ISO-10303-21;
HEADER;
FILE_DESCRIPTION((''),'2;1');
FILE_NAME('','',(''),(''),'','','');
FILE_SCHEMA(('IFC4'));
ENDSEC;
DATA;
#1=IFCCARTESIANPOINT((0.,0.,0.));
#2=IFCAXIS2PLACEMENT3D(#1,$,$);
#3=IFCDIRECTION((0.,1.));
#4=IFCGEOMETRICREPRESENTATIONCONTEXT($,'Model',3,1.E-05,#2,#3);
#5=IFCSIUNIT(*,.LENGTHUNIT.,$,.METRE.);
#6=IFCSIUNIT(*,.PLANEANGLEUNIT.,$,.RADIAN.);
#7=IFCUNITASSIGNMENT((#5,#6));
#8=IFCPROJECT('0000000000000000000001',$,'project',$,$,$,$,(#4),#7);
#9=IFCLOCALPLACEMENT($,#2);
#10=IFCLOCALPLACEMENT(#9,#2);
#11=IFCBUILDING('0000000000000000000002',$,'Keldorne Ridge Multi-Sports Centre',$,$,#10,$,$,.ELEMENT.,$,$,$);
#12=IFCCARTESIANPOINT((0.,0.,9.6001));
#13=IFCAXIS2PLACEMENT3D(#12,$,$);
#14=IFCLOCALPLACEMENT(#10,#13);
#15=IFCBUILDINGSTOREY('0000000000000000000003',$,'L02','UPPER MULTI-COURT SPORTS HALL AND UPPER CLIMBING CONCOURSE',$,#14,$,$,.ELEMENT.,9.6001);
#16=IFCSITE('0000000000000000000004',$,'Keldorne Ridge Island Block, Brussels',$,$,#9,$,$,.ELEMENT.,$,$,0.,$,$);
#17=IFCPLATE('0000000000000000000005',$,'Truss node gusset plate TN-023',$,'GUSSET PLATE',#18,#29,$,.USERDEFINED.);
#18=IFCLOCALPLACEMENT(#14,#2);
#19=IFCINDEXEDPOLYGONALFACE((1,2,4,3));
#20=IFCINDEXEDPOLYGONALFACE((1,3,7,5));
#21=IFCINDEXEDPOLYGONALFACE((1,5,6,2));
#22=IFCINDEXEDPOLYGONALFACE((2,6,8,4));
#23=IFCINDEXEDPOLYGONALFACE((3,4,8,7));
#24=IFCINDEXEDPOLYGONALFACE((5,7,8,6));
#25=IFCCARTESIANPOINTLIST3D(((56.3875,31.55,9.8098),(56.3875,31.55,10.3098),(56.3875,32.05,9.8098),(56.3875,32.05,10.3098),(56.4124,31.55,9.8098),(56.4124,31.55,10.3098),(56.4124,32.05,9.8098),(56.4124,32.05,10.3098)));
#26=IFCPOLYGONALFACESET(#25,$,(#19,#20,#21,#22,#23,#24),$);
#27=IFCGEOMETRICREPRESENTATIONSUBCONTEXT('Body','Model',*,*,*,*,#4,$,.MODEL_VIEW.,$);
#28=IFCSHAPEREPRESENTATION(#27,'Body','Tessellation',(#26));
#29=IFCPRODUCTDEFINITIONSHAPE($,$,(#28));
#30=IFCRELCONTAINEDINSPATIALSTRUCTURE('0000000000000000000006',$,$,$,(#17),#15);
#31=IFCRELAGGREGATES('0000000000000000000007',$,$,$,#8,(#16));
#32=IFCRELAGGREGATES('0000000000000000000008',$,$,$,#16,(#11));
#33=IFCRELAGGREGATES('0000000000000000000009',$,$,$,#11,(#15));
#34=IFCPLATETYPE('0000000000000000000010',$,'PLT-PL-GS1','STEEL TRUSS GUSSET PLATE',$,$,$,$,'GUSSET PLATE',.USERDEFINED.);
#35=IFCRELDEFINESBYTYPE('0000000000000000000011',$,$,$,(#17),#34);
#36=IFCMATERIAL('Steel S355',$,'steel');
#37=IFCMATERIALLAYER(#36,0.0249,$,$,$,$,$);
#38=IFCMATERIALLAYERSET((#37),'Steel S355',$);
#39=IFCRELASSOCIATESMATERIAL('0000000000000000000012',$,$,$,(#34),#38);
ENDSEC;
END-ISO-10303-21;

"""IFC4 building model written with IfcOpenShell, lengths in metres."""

from ifc_helpers import new_model, si_unit, direction, frame, origin, origin_2d, place, context, subcontext, project, spatial, rectangle, extrude, material, layer, layer_set, type_object, element, save


model = new_model("IFC4")

# Units and contexts
model_context = context("Model", 3, precision=1e-05, world=origin(), true_north=direction((0.0, 1.0)))
body_context = subcontext(model_context, "Body", "Model", "MODEL_VIEW")
ifc_project = project(units=[si_unit("LENGTHUNIT", "METRE"), si_unit("PLANEANGLEUNIT", "RADIAN")], contexts=[model_context])

# Site, building, storey
site_placement = place(None, origin())
site = spatial("IfcSite", under=ifc_project, at=site_placement, Name="Keldorne Ridge Island Block, Brussels", CompositionType="ELEMENT", RefElevation=0.0)
building_placement = place(site_placement, origin())
building = spatial("IfcBuilding", under=site, at=building_placement, Name="Keldorne Ridge Multi-Sports Centre", CompositionType="ELEMENT")
storey_placement = place(building_placement, frame((0.0, 0.0, 9.6001)))
storey = spatial("IfcBuildingStorey", under=building, at=storey_placement, Name="L02", Description="UPPER MULTI-COURT SPORTS HALL AND UPPER CLIMBING CONCOURSE", CompositionType="ELEMENT", Elevation=9.6001)

# Shared definitions
ifc_material = material(Name="Steel S355", Category="steel")

# Plate
ifc_layer = layer(ifc_material, 0.0249)
ifc_layer_set = layer_set([ifc_layer], Name="Steel S355")
plate_type = type_object("IfcPlateType", Name="PLT-PL-GS1", Description="STEEL TRUSS GUSSET PLATE", ElementType="GUSSET PLATE", PredefinedType="USERDEFINED", material=ifc_layer_set)
for number, where, z_axis, x_axis, name in (
    (1, (56.3999, 31.8, 9.8098), (0.0, 0.0, 1.0), (1.0, 0.0, 0.0), "Truss node gusset plate TN-023"),
):
    element("IfcPlate", number, at=place(storey_placement, frame(where, z_axis=z_axis, x_axis=x_axis)), inside=storey, type_object=plate_type, Name=name, ObjectType="GUSSET PLATE", PredefinedType="USERDEFINED", context=body_context, shape_type="SweptSolid", body=[
        extrude(rectangle(XDim=0.0249, YDim=0.5, at=origin_2d()), origin(), (0.0, 0.0, 1.0), 0.5),
    ])

save(model, "model.ifc")
